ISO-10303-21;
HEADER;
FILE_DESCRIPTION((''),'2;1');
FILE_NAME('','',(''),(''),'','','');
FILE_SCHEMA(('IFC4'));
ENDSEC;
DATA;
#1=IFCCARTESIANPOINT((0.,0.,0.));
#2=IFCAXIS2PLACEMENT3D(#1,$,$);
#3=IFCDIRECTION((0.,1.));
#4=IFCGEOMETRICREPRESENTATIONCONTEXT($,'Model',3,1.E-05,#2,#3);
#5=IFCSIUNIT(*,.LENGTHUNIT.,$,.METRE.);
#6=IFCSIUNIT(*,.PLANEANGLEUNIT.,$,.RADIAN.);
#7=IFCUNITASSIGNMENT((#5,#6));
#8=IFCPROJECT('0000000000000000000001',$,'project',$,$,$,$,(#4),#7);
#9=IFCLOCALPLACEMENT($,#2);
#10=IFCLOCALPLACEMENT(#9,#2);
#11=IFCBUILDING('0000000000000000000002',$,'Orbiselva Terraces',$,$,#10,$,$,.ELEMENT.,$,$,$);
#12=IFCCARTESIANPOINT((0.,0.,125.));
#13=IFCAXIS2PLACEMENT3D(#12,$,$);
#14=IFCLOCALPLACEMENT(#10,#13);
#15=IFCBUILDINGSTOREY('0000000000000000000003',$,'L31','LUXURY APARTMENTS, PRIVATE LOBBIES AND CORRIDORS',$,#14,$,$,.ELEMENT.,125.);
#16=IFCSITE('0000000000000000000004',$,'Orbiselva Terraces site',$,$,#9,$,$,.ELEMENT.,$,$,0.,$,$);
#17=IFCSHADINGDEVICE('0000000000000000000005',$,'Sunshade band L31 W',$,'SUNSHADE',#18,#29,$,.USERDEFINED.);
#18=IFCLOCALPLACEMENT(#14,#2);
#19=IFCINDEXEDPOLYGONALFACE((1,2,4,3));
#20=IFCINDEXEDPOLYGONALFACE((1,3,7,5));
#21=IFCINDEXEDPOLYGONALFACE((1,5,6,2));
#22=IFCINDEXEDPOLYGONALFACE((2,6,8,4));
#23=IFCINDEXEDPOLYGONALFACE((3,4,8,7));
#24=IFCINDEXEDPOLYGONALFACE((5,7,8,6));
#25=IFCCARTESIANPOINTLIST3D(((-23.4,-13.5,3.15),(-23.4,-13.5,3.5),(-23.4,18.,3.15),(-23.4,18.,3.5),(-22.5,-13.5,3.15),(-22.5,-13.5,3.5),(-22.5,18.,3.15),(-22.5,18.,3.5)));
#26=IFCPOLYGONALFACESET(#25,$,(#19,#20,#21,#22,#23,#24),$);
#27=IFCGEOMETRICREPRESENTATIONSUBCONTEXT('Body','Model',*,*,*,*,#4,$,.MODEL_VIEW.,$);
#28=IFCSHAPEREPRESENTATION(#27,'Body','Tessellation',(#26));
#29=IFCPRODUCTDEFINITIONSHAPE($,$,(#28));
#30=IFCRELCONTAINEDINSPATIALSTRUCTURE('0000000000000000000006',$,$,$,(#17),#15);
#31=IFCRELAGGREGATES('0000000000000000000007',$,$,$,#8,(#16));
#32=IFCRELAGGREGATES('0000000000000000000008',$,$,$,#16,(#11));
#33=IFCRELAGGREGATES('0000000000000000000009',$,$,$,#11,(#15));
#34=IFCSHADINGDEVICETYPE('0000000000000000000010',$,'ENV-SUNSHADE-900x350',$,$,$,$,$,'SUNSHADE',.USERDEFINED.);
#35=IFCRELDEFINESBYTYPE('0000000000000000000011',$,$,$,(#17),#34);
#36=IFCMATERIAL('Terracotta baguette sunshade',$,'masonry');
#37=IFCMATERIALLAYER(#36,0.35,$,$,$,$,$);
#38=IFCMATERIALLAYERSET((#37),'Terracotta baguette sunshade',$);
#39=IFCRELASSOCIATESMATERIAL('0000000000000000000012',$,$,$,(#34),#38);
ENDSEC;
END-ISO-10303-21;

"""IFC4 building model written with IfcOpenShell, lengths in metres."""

from ifc_helpers import new_model, si_unit, direction, frame, origin, place, context, subcontext, project, spatial, polyline, outline, extrude, material, layer, layer_set, type_object, element, save


model = new_model("IFC4")

# Units and contexts
model_context = context("Model", 3, precision=1e-05, world=origin(), true_north=direction((0.0, 1.0)))
body_context = subcontext(model_context, "Body", "Model", "MODEL_VIEW")
ifc_project = project(units=[si_unit("LENGTHUNIT", "METRE"), si_unit("PLANEANGLEUNIT", "RADIAN")], contexts=[model_context])

# Site, building, storey
site_placement = place(None, origin())
site = spatial("IfcSite", under=ifc_project, at=site_placement, Name="Orbiselva Terraces site", CompositionType="ELEMENT", RefElevation=0.0)
building_placement = place(site_placement, origin())
building = spatial("IfcBuilding", under=site, at=building_placement, Name="Orbiselva Terraces", CompositionType="ELEMENT")
storey_placement = place(building_placement, frame((0.0, 0.0, 125.0)))
storey = spatial("IfcBuildingStorey", under=building, at=storey_placement, Name="L31", Description="LUXURY APARTMENTS, PRIVATE LOBBIES AND CORRIDORS", CompositionType="ELEMENT", Elevation=125.0)

# Shading device
ifc_material_1 = material(Name="Terracotta baguette sunshade", Category="masonry")
ifc_layer_1 = layer(ifc_material_1, 0.35)
ifc_layer_set_1 = layer_set([ifc_layer_1], Name="Terracotta baguette sunshade")
shading_device_type_1 = type_object("IfcShadingDeviceType", Name="ENV-SUNSHADE-900x350", ElementType="SUNSHADE", PredefinedType="USERDEFINED", material=ifc_layer_set_1)
shading_device_1_placement = place(storey_placement, frame((0.0, 0.0, 3.15)))
element("IfcShadingDevice", 1, at=shading_device_1_placement, inside=storey, type_object=shading_device_type_1, Name="Sunshade band L31 W", ObjectType="SUNSHADE", PredefinedType="USERDEFINED", context=body_context, shape_type="SweptSolid", body=[
    extrude(outline(polyline([(-23.4, 18.0), (-23.4, -13.5), (-22.5, -13.5), (-22.5, 18.0), (-23.4, 18.0)])), origin(), (0.0, 0.0, 1.0), 0.35),
])

save(model, "model.ifc")
